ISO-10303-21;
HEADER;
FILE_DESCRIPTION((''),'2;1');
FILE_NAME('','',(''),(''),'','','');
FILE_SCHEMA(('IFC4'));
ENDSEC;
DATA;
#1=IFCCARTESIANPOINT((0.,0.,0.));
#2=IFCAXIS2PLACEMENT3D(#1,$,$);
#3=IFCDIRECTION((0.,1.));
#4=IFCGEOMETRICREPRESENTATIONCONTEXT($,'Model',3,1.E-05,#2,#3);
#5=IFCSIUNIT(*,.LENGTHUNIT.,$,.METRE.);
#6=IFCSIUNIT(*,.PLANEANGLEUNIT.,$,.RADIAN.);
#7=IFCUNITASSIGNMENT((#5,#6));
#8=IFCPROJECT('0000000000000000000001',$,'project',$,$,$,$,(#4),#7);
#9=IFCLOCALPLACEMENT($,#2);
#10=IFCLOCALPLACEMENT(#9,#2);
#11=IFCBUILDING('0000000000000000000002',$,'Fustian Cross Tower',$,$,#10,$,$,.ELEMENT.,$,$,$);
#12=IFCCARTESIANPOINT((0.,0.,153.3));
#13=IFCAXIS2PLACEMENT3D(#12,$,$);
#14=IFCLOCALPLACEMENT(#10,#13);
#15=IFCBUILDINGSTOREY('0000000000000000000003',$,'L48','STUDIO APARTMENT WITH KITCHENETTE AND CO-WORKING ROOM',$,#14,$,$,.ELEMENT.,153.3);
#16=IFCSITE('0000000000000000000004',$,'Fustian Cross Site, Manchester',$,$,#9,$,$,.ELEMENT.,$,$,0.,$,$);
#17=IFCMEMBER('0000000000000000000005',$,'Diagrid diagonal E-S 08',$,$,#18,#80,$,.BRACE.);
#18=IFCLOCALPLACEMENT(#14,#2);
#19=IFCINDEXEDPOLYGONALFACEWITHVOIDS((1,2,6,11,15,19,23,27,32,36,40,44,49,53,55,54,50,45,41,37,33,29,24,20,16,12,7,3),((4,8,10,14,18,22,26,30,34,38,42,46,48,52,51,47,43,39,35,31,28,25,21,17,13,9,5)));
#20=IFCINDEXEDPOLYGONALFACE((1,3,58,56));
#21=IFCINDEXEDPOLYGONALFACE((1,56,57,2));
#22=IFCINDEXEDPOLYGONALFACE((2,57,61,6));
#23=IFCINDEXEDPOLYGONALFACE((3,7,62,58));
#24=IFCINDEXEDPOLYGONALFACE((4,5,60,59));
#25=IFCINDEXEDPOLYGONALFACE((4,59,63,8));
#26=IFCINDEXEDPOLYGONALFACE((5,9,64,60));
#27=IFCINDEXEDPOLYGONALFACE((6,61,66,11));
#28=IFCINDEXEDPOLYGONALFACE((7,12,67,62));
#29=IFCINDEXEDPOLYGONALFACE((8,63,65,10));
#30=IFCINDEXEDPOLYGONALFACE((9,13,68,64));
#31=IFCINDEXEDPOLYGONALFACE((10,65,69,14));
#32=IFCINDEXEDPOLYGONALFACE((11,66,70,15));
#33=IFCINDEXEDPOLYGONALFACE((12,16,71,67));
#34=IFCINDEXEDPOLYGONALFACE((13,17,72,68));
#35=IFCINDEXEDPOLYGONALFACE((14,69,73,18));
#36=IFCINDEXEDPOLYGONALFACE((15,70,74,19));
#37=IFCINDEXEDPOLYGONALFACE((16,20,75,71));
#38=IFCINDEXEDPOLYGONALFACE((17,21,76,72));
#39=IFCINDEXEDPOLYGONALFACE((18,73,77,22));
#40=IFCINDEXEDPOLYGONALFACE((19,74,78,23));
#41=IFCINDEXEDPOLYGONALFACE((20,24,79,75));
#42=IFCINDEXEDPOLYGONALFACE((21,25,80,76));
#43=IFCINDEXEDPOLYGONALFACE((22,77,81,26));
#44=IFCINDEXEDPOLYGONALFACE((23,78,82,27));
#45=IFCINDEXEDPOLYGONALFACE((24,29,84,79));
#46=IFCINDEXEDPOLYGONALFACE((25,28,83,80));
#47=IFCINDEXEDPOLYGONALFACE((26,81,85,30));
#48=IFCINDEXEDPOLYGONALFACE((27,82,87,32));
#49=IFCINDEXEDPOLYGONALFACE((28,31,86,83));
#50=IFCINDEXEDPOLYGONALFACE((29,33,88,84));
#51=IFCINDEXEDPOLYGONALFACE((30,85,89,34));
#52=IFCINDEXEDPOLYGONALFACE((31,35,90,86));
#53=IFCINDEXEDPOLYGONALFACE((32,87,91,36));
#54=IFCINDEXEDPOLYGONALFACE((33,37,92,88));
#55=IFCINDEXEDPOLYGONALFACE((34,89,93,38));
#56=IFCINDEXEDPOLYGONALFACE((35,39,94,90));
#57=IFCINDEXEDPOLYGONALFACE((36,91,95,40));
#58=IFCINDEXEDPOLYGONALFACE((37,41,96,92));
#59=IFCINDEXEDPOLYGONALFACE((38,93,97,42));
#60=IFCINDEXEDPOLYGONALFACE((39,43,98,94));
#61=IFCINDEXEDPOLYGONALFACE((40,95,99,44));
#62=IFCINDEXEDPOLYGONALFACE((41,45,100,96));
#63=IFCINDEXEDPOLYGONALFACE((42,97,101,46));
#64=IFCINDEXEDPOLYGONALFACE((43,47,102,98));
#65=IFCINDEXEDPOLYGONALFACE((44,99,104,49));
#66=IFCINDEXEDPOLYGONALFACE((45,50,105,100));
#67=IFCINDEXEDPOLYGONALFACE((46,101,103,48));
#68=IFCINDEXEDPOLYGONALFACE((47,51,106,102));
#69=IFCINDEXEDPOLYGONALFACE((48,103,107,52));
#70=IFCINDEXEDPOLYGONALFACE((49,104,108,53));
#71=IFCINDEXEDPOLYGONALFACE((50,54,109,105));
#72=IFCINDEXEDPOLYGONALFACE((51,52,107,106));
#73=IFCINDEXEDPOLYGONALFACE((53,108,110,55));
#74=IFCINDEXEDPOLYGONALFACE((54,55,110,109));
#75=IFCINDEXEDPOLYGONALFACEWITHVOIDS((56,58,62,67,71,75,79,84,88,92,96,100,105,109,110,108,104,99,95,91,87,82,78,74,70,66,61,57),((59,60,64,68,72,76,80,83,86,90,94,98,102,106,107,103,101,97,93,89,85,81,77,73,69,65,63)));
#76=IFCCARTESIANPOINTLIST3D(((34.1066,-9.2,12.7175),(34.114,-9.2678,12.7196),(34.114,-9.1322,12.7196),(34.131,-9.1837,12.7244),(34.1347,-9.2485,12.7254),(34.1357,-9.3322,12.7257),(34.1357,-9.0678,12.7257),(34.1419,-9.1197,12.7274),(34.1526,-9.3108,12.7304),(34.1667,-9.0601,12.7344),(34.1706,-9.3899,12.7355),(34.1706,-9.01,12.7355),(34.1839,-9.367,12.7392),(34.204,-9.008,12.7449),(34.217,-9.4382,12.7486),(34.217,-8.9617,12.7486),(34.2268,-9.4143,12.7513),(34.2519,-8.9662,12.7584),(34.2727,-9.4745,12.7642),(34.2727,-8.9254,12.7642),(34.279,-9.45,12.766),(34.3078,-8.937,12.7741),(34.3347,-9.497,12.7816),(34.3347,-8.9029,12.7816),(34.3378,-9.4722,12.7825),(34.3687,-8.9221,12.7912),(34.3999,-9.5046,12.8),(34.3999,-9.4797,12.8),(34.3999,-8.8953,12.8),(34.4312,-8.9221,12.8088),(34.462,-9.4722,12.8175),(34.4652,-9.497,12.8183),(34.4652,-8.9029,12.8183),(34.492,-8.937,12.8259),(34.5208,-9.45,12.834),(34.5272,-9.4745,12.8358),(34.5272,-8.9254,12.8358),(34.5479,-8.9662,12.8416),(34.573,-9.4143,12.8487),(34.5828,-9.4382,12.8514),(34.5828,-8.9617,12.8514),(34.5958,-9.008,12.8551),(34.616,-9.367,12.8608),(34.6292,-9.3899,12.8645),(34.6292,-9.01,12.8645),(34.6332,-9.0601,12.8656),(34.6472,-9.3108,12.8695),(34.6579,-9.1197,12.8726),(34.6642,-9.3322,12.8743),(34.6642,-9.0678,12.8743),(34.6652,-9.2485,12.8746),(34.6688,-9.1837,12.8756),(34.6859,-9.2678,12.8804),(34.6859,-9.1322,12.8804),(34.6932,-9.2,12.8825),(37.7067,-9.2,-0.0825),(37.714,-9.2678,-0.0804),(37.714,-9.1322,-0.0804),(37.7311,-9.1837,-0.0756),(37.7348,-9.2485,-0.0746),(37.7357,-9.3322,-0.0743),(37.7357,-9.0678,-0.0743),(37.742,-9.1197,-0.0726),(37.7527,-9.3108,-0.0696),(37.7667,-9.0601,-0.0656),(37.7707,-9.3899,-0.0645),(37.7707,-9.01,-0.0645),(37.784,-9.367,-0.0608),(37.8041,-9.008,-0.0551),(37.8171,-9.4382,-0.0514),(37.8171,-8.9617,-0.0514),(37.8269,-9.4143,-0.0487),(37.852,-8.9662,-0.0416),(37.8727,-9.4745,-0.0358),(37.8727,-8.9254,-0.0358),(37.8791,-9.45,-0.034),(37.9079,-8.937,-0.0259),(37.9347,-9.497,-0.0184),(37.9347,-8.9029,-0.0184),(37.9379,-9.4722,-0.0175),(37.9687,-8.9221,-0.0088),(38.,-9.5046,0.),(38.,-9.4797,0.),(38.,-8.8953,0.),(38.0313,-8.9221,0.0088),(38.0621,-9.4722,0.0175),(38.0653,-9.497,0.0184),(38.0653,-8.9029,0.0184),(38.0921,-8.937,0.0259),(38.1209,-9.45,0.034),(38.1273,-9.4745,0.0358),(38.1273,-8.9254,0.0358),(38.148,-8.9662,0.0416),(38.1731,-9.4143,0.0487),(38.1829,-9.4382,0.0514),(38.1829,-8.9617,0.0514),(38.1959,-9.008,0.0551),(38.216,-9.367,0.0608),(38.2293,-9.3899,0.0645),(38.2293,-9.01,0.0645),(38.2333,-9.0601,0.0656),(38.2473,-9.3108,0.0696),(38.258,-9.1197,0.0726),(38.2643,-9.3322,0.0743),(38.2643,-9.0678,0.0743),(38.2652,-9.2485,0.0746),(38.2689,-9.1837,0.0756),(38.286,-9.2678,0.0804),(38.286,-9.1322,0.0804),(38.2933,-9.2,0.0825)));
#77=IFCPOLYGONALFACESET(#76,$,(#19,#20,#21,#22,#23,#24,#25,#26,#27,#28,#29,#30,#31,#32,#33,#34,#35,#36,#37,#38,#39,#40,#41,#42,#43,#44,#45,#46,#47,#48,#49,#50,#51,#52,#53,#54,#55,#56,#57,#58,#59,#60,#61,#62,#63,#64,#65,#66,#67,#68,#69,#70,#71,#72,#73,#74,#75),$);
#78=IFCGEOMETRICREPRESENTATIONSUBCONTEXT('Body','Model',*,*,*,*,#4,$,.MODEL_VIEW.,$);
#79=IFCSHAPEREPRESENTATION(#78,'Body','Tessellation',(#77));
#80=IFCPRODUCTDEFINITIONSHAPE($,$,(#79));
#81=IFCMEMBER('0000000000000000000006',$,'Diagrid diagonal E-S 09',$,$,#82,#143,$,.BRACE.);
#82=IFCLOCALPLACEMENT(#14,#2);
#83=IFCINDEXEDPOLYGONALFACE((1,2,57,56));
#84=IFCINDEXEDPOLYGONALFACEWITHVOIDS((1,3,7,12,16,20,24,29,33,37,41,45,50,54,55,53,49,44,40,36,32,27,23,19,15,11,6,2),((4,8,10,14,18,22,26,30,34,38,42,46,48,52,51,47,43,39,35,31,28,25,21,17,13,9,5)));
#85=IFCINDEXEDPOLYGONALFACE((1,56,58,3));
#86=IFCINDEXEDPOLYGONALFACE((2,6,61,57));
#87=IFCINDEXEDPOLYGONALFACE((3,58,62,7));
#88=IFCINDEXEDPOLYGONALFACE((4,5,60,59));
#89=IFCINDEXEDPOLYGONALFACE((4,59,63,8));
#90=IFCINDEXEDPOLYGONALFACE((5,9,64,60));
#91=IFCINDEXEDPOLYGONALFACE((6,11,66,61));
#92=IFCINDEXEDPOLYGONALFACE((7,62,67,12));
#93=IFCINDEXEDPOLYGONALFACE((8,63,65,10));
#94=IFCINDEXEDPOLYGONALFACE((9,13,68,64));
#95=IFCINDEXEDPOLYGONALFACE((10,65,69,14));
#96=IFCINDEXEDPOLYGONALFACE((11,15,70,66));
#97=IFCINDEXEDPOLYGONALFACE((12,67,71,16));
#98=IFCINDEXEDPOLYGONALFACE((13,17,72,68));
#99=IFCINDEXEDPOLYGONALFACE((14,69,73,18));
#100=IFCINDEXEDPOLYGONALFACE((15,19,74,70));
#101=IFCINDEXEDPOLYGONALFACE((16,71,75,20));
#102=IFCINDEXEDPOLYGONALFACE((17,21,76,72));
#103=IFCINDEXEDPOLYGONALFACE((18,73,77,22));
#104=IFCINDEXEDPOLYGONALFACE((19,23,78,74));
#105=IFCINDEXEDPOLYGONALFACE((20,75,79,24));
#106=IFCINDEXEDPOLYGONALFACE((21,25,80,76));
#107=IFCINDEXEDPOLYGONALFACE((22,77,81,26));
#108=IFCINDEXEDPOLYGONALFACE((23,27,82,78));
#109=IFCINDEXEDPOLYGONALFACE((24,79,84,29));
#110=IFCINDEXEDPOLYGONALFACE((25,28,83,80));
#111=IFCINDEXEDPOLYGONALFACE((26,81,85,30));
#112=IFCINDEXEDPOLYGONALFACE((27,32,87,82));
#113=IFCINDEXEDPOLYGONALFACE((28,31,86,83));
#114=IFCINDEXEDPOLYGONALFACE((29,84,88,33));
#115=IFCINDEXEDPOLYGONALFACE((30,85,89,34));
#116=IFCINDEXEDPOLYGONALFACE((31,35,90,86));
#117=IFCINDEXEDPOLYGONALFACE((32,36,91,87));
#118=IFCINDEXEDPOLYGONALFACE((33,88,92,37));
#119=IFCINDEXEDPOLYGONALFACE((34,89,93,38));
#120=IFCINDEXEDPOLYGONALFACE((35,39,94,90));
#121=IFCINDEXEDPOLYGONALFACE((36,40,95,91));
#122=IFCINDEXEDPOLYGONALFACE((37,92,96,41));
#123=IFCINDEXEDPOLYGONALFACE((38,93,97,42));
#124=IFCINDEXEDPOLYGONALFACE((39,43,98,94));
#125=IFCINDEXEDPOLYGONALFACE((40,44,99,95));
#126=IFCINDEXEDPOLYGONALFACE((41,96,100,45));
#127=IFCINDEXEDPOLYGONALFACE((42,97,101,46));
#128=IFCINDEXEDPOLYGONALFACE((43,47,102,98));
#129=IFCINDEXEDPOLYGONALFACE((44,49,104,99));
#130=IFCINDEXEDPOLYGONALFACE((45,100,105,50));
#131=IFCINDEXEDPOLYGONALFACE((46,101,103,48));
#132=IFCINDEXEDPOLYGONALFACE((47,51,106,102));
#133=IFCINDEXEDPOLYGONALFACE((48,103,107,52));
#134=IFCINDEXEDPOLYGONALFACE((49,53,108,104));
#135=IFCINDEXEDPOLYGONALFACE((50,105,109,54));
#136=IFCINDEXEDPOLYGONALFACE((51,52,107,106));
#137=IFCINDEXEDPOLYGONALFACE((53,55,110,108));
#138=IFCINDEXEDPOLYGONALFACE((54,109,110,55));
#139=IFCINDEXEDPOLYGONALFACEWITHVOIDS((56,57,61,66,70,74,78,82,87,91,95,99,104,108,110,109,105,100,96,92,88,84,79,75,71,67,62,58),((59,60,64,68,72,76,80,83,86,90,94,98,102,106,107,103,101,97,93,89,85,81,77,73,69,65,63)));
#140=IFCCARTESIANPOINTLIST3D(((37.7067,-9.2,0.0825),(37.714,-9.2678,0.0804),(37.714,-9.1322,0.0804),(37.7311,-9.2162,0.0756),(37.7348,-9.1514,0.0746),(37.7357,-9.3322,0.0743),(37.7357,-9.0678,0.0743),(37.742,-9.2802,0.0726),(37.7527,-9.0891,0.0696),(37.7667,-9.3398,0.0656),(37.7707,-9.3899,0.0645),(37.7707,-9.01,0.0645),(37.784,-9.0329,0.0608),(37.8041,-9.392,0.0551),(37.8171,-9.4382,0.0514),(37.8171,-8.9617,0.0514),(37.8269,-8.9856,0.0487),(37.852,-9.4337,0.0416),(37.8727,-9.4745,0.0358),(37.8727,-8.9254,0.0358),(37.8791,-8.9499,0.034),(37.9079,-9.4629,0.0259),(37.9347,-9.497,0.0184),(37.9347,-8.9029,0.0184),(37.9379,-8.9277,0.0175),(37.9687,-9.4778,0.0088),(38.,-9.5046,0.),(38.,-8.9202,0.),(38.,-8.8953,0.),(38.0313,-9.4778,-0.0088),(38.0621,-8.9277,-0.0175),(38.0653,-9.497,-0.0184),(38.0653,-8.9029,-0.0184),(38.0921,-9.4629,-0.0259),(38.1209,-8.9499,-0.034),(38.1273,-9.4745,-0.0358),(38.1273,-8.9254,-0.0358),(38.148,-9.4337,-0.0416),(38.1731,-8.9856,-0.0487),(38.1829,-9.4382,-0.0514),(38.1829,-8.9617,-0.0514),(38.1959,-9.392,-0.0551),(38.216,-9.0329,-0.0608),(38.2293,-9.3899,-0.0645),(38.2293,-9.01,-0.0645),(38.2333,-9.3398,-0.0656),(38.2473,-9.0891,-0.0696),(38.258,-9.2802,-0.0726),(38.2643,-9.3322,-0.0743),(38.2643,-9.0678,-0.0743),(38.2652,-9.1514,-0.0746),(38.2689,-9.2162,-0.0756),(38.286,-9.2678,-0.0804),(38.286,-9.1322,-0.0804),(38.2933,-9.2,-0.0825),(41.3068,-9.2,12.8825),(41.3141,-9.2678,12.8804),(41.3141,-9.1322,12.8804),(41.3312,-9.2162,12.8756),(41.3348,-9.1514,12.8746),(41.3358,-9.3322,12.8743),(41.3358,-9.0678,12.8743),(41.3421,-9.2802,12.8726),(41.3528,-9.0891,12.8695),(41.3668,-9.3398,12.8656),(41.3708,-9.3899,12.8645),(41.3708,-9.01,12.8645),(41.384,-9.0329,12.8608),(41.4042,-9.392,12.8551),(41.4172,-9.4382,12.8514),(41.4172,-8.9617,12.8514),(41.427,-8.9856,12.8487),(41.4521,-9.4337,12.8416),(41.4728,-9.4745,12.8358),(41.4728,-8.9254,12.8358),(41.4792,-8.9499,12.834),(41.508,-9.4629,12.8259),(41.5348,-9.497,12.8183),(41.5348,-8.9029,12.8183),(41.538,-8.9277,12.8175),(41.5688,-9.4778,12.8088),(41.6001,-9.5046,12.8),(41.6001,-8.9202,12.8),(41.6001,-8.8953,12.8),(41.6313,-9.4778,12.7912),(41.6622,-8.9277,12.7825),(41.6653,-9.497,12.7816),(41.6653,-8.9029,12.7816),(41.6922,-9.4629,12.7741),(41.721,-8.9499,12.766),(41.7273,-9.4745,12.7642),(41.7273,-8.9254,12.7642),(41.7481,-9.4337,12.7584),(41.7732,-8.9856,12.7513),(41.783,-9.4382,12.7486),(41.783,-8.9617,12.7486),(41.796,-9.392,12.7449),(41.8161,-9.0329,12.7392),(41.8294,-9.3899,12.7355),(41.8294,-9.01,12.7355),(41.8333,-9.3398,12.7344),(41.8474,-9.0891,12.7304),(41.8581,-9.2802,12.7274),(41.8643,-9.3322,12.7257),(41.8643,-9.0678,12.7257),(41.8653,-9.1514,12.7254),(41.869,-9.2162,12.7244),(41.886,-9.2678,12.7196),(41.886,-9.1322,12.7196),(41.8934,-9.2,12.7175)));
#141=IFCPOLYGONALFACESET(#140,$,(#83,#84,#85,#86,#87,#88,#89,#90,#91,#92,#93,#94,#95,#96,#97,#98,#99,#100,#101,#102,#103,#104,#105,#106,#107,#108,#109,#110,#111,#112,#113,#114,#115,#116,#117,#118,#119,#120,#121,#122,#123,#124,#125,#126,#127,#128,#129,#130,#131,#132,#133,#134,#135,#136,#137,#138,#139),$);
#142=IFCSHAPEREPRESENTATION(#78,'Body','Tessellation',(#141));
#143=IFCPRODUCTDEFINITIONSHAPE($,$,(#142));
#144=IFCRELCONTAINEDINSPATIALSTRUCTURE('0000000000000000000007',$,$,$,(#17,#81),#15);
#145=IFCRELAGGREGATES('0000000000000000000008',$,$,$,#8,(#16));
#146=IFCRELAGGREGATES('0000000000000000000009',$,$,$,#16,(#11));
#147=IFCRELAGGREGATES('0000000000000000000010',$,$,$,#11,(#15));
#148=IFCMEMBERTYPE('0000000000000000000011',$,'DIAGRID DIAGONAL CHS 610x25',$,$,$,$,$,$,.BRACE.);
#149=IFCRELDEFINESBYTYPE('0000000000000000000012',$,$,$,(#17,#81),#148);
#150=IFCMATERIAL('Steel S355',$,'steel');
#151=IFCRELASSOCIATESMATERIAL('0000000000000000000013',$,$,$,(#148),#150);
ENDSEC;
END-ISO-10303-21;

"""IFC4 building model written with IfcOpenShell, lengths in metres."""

from ifc_helpers import new_model, si_unit, direction, frame, origin, origin_2d, place, context, subcontext, project, spatial, hollow_circle, extrude, material, material_profile, profile_set, type_object, element, save


model = new_model("IFC4")

# Units and contexts
model_context = context("Model", 3, precision=1e-05, world=origin(), true_north=direction((0.0, 1.0)))
body_context = subcontext(model_context, "Body", "Model", "MODEL_VIEW")
ifc_project = project(units=[si_unit("LENGTHUNIT", "METRE"), si_unit("PLANEANGLEUNIT", "RADIAN")], contexts=[model_context])

# Site, building, storey
site_placement = place(None, origin())
site = spatial("IfcSite", under=ifc_project, at=site_placement, Name="Fustian Cross Site, Manchester", CompositionType="ELEMENT", RefElevation=0.0)
building_placement = place(site_placement, origin())
building = spatial("IfcBuilding", under=site, at=building_placement, Name="Fustian Cross Tower", CompositionType="ELEMENT")
storey_placement = place(building_placement, frame((0.0, 0.0, 153.3)))
storey = spatial("IfcBuildingStorey", under=building, at=storey_placement, Name="L48", Description="STUDIO APARTMENT WITH KITCHENETTE AND CO-WORKING ROOM", CompositionType="ELEMENT", Elevation=153.3)

# Members
ifc_material_1 = material(Name="Steel S355", Category="steel")
ifc_material_profile_1 = material_profile(ifc_material_1, hollow_circle(Radius=0.3047, WallThickness=0.0249, at=origin_2d()), Name="CHS 610x25")
ifc_profile_set_1 = profile_set([ifc_material_profile_1], Name="Steel S355")
member_type_1 = type_object("IfcMemberType", Name="DIAGRID DIAGONAL CHS 610x25", PredefinedType="BRACE", material=ifc_profile_set_1)
for number, where, z_axis, x_axis, name in (
    (1, (38.0, -9.2, 0.0), (-0.270751, 0.0, 0.962649), (0.0, -1.0, 0.0), "Diagrid diagonal E-S 08"),
    (2, (38.0, -9.2, 0.0), (0.270751, 0.0, 0.962649), (0.0, 1.0, 0.0), "Diagrid diagonal E-S 09"),
):
    element("IfcMember", number, at=place(storey_placement, frame(where, z_axis=z_axis, x_axis=x_axis)), inside=storey, type_object=member_type_1, Name=name, PredefinedType="BRACE", context=body_context, shape_type="SweptSolid", body=[
        extrude(hollow_circle(Radius=0.3047, WallThickness=0.0249, at=origin_2d()), origin(), (0.0, 0.0, 1.0), 13.2966),
    ])

save(model, "model.ifc")
